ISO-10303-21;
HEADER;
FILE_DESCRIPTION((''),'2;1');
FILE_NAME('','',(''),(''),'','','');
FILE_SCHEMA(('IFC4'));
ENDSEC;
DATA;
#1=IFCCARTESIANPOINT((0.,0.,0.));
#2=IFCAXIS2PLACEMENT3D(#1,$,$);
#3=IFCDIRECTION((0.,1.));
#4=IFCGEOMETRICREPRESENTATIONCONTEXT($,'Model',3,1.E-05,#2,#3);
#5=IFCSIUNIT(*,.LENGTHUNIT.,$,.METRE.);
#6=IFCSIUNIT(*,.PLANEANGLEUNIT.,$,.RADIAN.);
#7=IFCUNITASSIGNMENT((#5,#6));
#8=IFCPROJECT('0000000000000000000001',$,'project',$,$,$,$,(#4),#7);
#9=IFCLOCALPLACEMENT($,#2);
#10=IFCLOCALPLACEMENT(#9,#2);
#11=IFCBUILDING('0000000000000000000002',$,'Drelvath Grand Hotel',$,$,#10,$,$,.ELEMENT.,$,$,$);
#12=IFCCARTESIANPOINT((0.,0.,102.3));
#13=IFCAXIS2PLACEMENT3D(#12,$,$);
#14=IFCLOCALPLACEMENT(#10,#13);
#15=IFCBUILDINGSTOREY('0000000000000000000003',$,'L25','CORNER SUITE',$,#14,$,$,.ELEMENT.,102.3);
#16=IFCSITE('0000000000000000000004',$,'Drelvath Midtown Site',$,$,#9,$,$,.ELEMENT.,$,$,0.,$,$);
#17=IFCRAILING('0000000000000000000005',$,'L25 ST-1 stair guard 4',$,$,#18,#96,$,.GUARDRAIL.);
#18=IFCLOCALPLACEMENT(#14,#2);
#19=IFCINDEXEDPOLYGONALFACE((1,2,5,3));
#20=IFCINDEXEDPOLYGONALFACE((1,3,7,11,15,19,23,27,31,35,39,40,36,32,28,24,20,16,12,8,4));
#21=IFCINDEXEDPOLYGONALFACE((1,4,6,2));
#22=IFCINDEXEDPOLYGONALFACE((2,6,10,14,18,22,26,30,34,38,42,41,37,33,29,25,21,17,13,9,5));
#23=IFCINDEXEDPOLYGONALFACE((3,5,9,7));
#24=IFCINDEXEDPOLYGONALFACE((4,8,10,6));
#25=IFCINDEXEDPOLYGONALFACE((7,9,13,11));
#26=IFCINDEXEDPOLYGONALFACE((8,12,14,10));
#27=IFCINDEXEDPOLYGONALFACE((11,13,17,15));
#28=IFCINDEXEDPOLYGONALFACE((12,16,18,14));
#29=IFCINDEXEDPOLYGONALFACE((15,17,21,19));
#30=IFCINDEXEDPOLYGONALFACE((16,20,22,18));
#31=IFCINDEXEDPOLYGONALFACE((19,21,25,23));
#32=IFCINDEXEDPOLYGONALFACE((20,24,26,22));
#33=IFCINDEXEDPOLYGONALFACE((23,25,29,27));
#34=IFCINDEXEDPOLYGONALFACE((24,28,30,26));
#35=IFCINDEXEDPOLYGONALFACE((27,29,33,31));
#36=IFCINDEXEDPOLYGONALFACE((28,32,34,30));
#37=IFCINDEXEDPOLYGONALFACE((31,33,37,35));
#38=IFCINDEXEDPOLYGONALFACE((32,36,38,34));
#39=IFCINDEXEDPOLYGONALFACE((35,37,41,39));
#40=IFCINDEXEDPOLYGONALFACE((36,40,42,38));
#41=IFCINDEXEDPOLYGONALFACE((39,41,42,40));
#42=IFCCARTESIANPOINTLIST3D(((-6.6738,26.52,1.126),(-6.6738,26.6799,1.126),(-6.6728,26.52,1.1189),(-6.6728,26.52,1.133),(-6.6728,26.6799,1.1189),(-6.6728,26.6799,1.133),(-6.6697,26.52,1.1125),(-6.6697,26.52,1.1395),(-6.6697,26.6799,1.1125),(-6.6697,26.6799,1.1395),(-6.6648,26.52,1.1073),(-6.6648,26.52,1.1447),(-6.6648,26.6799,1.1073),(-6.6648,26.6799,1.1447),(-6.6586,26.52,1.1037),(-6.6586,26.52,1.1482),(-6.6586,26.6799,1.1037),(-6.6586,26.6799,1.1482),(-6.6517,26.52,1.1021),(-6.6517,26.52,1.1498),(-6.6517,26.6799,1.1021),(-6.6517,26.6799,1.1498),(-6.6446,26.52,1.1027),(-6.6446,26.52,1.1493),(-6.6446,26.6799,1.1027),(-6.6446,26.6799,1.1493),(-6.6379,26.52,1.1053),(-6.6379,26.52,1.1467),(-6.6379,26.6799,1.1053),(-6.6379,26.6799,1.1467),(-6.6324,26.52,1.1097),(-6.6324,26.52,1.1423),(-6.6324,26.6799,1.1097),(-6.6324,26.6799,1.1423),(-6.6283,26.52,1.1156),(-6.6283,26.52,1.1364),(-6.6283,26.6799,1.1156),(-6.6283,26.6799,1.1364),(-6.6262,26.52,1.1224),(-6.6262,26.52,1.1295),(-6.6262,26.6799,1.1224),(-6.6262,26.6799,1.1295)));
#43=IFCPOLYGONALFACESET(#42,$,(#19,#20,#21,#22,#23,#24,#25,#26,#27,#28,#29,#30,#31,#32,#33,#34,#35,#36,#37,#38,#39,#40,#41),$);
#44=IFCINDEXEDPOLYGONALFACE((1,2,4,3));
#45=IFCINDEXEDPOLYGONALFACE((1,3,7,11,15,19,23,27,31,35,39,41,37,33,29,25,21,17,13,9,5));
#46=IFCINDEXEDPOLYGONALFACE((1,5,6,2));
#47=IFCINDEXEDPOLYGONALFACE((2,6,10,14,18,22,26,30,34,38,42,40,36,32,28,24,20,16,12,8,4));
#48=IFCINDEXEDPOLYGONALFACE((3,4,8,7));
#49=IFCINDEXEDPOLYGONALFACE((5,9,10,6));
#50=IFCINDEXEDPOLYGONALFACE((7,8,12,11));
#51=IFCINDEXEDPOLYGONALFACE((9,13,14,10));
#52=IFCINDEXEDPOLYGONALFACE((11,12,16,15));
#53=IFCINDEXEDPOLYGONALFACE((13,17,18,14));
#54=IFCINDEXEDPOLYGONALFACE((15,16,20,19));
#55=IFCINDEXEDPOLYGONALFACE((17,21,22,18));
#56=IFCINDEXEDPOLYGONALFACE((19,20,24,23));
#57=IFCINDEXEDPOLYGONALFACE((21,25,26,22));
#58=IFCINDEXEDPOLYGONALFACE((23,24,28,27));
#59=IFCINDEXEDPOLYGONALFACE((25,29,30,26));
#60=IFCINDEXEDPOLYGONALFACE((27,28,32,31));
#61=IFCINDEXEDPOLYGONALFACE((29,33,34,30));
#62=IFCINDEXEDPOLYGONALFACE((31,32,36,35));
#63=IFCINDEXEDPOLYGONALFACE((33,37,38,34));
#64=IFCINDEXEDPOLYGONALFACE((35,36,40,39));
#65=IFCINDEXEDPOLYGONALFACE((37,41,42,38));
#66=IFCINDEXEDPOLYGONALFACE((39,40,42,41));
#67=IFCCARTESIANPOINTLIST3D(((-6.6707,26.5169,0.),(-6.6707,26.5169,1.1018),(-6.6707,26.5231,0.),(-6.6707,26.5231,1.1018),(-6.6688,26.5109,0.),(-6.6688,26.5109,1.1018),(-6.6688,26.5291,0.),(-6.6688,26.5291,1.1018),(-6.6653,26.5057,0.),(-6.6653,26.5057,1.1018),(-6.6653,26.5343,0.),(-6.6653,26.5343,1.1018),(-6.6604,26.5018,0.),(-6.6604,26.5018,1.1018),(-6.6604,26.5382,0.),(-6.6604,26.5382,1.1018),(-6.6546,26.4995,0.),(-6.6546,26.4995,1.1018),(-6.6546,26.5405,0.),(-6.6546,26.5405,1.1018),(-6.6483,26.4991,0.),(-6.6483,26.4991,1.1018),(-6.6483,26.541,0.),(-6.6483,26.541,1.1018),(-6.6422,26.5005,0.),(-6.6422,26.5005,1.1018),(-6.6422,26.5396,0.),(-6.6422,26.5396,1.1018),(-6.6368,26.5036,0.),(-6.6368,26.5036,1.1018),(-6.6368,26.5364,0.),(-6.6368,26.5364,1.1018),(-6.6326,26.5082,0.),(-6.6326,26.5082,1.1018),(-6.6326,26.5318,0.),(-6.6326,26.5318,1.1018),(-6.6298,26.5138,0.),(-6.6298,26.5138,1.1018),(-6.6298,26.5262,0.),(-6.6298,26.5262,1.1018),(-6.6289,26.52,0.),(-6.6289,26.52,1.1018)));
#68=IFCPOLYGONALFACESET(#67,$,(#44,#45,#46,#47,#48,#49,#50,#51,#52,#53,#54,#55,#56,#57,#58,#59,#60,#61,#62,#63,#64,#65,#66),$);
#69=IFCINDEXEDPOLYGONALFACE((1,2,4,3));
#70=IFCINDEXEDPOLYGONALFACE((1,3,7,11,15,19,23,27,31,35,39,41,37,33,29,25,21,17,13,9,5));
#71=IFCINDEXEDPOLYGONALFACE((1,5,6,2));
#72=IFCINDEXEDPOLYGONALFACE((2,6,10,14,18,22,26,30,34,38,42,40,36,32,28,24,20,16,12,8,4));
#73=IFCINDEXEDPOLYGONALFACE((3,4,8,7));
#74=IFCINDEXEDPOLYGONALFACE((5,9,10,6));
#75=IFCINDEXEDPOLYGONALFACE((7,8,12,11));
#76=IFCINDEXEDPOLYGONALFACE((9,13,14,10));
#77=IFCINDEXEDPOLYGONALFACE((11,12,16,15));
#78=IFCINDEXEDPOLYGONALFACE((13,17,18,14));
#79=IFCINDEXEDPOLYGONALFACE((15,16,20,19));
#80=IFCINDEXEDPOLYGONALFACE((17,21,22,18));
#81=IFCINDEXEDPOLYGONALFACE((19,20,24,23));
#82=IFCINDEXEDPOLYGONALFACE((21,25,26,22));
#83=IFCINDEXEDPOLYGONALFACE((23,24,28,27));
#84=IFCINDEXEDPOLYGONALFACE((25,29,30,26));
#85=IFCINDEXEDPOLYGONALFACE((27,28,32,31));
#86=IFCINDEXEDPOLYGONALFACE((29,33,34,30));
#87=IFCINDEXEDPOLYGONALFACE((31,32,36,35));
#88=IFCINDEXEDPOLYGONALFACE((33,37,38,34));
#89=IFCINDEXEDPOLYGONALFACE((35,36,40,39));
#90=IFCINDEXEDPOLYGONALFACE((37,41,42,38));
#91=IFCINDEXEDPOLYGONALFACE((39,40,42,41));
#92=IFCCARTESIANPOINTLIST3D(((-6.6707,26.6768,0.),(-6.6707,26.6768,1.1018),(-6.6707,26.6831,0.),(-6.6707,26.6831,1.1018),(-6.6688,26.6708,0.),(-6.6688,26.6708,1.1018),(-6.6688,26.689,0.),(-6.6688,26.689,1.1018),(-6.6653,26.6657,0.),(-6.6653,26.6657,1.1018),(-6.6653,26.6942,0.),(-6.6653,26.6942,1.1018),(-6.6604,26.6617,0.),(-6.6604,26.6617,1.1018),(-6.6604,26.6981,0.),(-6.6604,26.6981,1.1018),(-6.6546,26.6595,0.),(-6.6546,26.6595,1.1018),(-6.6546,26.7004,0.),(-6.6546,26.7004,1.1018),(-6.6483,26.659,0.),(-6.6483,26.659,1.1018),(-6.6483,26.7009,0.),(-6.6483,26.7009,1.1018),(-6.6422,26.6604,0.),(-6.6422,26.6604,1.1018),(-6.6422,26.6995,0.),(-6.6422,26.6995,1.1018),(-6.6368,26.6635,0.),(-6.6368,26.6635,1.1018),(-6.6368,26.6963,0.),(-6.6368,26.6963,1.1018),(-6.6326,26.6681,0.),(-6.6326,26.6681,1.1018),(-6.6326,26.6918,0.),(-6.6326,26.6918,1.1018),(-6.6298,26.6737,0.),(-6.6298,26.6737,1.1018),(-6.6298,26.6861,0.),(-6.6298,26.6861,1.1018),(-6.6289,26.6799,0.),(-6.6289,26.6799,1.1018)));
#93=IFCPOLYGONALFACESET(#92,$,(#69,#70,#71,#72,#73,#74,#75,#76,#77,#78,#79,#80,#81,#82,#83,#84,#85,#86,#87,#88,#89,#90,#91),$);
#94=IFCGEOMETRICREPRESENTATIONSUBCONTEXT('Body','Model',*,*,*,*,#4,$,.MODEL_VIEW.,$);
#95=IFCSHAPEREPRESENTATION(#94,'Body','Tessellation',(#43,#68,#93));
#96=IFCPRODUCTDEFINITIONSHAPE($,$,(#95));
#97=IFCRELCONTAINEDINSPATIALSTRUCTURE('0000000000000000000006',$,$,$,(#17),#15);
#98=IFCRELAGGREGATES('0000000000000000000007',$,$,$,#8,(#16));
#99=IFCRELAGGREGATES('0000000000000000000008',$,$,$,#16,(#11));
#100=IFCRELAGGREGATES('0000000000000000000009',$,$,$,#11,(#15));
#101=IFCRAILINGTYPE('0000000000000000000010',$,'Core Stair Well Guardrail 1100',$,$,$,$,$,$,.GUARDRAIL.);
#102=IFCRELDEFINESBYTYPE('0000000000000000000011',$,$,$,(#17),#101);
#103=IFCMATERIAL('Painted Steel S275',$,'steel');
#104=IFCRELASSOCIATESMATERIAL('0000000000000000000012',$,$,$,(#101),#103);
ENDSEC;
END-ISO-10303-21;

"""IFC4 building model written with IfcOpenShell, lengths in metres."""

from ifc_helpers import new_model, si_unit, direction, frame, origin, origin_2d, place, context, subcontext, project, spatial, circle, extrude, material, type_object, element, save


model = new_model("IFC4")

# Units and contexts
model_context = context("Model", 3, precision=1e-05, world=origin(), true_north=direction((0.0, 1.0)))
body_context = subcontext(model_context, "Body", "Model", "MODEL_VIEW")
ifc_project = project(units=[si_unit("LENGTHUNIT", "METRE"), si_unit("PLANEANGLEUNIT", "RADIAN")], contexts=[model_context])

# Site, building, storey
site_placement = place(None, origin())
site = spatial("IfcSite", under=ifc_project, at=site_placement, Name="Drelvath Midtown Site", CompositionType="ELEMENT", RefElevation=0.0)
building_placement = place(site_placement, origin())
building = spatial("IfcBuilding", under=site, at=building_placement, Name="Drelvath Grand Hotel", CompositionType="ELEMENT")
storey_placement = place(building_placement, frame((0.0, 0.0, 102.3)))
storey = spatial("IfcBuildingStorey", under=building, at=storey_placement, Name="L25", Description="CORNER SUITE", CompositionType="ELEMENT", Elevation=102.3)

# Shared definitions
ifc_material_1 = material(Name="Painted Steel S275", Category="steel")

# Railing
railing_type_1 = type_object("IfcRailingType", Name="Core Stair Well Guardrail 1100", PredefinedType="GUARDRAIL", material=ifc_material_1)
railing_1_placement = place(storey_placement, frame((-6.6499, 26.52, 0.0)))
element("IfcRailing", 1, at=railing_1_placement, inside=storey, type_object=railing_type_1, Name="L25 ST-1 stair guard 4", PredefinedType="GUARDRAIL", context=body_context, shape_type="SweptSolid", body=[
    extrude(circle(Radius=0.0239, at=origin_2d()), frame((0.0, 0.0, 1.126), z_axis=(0.0, 1.0, 0.0), x_axis=(-1.0, 0.0, 0.0)), (0.0, 0.0, 1.0), 0.1599),
    extrude(circle(Radius=0.021, at=origin_2d()), origin(), (0.0, 0.0, 1.0), 1.1018),
    extrude(circle(Radius=0.021, at=origin_2d()), frame((0.0, 0.1599, 0.0)), (0.0, 0.0, 1.0), 1.1018),
])

save(model, "model.ifc")
